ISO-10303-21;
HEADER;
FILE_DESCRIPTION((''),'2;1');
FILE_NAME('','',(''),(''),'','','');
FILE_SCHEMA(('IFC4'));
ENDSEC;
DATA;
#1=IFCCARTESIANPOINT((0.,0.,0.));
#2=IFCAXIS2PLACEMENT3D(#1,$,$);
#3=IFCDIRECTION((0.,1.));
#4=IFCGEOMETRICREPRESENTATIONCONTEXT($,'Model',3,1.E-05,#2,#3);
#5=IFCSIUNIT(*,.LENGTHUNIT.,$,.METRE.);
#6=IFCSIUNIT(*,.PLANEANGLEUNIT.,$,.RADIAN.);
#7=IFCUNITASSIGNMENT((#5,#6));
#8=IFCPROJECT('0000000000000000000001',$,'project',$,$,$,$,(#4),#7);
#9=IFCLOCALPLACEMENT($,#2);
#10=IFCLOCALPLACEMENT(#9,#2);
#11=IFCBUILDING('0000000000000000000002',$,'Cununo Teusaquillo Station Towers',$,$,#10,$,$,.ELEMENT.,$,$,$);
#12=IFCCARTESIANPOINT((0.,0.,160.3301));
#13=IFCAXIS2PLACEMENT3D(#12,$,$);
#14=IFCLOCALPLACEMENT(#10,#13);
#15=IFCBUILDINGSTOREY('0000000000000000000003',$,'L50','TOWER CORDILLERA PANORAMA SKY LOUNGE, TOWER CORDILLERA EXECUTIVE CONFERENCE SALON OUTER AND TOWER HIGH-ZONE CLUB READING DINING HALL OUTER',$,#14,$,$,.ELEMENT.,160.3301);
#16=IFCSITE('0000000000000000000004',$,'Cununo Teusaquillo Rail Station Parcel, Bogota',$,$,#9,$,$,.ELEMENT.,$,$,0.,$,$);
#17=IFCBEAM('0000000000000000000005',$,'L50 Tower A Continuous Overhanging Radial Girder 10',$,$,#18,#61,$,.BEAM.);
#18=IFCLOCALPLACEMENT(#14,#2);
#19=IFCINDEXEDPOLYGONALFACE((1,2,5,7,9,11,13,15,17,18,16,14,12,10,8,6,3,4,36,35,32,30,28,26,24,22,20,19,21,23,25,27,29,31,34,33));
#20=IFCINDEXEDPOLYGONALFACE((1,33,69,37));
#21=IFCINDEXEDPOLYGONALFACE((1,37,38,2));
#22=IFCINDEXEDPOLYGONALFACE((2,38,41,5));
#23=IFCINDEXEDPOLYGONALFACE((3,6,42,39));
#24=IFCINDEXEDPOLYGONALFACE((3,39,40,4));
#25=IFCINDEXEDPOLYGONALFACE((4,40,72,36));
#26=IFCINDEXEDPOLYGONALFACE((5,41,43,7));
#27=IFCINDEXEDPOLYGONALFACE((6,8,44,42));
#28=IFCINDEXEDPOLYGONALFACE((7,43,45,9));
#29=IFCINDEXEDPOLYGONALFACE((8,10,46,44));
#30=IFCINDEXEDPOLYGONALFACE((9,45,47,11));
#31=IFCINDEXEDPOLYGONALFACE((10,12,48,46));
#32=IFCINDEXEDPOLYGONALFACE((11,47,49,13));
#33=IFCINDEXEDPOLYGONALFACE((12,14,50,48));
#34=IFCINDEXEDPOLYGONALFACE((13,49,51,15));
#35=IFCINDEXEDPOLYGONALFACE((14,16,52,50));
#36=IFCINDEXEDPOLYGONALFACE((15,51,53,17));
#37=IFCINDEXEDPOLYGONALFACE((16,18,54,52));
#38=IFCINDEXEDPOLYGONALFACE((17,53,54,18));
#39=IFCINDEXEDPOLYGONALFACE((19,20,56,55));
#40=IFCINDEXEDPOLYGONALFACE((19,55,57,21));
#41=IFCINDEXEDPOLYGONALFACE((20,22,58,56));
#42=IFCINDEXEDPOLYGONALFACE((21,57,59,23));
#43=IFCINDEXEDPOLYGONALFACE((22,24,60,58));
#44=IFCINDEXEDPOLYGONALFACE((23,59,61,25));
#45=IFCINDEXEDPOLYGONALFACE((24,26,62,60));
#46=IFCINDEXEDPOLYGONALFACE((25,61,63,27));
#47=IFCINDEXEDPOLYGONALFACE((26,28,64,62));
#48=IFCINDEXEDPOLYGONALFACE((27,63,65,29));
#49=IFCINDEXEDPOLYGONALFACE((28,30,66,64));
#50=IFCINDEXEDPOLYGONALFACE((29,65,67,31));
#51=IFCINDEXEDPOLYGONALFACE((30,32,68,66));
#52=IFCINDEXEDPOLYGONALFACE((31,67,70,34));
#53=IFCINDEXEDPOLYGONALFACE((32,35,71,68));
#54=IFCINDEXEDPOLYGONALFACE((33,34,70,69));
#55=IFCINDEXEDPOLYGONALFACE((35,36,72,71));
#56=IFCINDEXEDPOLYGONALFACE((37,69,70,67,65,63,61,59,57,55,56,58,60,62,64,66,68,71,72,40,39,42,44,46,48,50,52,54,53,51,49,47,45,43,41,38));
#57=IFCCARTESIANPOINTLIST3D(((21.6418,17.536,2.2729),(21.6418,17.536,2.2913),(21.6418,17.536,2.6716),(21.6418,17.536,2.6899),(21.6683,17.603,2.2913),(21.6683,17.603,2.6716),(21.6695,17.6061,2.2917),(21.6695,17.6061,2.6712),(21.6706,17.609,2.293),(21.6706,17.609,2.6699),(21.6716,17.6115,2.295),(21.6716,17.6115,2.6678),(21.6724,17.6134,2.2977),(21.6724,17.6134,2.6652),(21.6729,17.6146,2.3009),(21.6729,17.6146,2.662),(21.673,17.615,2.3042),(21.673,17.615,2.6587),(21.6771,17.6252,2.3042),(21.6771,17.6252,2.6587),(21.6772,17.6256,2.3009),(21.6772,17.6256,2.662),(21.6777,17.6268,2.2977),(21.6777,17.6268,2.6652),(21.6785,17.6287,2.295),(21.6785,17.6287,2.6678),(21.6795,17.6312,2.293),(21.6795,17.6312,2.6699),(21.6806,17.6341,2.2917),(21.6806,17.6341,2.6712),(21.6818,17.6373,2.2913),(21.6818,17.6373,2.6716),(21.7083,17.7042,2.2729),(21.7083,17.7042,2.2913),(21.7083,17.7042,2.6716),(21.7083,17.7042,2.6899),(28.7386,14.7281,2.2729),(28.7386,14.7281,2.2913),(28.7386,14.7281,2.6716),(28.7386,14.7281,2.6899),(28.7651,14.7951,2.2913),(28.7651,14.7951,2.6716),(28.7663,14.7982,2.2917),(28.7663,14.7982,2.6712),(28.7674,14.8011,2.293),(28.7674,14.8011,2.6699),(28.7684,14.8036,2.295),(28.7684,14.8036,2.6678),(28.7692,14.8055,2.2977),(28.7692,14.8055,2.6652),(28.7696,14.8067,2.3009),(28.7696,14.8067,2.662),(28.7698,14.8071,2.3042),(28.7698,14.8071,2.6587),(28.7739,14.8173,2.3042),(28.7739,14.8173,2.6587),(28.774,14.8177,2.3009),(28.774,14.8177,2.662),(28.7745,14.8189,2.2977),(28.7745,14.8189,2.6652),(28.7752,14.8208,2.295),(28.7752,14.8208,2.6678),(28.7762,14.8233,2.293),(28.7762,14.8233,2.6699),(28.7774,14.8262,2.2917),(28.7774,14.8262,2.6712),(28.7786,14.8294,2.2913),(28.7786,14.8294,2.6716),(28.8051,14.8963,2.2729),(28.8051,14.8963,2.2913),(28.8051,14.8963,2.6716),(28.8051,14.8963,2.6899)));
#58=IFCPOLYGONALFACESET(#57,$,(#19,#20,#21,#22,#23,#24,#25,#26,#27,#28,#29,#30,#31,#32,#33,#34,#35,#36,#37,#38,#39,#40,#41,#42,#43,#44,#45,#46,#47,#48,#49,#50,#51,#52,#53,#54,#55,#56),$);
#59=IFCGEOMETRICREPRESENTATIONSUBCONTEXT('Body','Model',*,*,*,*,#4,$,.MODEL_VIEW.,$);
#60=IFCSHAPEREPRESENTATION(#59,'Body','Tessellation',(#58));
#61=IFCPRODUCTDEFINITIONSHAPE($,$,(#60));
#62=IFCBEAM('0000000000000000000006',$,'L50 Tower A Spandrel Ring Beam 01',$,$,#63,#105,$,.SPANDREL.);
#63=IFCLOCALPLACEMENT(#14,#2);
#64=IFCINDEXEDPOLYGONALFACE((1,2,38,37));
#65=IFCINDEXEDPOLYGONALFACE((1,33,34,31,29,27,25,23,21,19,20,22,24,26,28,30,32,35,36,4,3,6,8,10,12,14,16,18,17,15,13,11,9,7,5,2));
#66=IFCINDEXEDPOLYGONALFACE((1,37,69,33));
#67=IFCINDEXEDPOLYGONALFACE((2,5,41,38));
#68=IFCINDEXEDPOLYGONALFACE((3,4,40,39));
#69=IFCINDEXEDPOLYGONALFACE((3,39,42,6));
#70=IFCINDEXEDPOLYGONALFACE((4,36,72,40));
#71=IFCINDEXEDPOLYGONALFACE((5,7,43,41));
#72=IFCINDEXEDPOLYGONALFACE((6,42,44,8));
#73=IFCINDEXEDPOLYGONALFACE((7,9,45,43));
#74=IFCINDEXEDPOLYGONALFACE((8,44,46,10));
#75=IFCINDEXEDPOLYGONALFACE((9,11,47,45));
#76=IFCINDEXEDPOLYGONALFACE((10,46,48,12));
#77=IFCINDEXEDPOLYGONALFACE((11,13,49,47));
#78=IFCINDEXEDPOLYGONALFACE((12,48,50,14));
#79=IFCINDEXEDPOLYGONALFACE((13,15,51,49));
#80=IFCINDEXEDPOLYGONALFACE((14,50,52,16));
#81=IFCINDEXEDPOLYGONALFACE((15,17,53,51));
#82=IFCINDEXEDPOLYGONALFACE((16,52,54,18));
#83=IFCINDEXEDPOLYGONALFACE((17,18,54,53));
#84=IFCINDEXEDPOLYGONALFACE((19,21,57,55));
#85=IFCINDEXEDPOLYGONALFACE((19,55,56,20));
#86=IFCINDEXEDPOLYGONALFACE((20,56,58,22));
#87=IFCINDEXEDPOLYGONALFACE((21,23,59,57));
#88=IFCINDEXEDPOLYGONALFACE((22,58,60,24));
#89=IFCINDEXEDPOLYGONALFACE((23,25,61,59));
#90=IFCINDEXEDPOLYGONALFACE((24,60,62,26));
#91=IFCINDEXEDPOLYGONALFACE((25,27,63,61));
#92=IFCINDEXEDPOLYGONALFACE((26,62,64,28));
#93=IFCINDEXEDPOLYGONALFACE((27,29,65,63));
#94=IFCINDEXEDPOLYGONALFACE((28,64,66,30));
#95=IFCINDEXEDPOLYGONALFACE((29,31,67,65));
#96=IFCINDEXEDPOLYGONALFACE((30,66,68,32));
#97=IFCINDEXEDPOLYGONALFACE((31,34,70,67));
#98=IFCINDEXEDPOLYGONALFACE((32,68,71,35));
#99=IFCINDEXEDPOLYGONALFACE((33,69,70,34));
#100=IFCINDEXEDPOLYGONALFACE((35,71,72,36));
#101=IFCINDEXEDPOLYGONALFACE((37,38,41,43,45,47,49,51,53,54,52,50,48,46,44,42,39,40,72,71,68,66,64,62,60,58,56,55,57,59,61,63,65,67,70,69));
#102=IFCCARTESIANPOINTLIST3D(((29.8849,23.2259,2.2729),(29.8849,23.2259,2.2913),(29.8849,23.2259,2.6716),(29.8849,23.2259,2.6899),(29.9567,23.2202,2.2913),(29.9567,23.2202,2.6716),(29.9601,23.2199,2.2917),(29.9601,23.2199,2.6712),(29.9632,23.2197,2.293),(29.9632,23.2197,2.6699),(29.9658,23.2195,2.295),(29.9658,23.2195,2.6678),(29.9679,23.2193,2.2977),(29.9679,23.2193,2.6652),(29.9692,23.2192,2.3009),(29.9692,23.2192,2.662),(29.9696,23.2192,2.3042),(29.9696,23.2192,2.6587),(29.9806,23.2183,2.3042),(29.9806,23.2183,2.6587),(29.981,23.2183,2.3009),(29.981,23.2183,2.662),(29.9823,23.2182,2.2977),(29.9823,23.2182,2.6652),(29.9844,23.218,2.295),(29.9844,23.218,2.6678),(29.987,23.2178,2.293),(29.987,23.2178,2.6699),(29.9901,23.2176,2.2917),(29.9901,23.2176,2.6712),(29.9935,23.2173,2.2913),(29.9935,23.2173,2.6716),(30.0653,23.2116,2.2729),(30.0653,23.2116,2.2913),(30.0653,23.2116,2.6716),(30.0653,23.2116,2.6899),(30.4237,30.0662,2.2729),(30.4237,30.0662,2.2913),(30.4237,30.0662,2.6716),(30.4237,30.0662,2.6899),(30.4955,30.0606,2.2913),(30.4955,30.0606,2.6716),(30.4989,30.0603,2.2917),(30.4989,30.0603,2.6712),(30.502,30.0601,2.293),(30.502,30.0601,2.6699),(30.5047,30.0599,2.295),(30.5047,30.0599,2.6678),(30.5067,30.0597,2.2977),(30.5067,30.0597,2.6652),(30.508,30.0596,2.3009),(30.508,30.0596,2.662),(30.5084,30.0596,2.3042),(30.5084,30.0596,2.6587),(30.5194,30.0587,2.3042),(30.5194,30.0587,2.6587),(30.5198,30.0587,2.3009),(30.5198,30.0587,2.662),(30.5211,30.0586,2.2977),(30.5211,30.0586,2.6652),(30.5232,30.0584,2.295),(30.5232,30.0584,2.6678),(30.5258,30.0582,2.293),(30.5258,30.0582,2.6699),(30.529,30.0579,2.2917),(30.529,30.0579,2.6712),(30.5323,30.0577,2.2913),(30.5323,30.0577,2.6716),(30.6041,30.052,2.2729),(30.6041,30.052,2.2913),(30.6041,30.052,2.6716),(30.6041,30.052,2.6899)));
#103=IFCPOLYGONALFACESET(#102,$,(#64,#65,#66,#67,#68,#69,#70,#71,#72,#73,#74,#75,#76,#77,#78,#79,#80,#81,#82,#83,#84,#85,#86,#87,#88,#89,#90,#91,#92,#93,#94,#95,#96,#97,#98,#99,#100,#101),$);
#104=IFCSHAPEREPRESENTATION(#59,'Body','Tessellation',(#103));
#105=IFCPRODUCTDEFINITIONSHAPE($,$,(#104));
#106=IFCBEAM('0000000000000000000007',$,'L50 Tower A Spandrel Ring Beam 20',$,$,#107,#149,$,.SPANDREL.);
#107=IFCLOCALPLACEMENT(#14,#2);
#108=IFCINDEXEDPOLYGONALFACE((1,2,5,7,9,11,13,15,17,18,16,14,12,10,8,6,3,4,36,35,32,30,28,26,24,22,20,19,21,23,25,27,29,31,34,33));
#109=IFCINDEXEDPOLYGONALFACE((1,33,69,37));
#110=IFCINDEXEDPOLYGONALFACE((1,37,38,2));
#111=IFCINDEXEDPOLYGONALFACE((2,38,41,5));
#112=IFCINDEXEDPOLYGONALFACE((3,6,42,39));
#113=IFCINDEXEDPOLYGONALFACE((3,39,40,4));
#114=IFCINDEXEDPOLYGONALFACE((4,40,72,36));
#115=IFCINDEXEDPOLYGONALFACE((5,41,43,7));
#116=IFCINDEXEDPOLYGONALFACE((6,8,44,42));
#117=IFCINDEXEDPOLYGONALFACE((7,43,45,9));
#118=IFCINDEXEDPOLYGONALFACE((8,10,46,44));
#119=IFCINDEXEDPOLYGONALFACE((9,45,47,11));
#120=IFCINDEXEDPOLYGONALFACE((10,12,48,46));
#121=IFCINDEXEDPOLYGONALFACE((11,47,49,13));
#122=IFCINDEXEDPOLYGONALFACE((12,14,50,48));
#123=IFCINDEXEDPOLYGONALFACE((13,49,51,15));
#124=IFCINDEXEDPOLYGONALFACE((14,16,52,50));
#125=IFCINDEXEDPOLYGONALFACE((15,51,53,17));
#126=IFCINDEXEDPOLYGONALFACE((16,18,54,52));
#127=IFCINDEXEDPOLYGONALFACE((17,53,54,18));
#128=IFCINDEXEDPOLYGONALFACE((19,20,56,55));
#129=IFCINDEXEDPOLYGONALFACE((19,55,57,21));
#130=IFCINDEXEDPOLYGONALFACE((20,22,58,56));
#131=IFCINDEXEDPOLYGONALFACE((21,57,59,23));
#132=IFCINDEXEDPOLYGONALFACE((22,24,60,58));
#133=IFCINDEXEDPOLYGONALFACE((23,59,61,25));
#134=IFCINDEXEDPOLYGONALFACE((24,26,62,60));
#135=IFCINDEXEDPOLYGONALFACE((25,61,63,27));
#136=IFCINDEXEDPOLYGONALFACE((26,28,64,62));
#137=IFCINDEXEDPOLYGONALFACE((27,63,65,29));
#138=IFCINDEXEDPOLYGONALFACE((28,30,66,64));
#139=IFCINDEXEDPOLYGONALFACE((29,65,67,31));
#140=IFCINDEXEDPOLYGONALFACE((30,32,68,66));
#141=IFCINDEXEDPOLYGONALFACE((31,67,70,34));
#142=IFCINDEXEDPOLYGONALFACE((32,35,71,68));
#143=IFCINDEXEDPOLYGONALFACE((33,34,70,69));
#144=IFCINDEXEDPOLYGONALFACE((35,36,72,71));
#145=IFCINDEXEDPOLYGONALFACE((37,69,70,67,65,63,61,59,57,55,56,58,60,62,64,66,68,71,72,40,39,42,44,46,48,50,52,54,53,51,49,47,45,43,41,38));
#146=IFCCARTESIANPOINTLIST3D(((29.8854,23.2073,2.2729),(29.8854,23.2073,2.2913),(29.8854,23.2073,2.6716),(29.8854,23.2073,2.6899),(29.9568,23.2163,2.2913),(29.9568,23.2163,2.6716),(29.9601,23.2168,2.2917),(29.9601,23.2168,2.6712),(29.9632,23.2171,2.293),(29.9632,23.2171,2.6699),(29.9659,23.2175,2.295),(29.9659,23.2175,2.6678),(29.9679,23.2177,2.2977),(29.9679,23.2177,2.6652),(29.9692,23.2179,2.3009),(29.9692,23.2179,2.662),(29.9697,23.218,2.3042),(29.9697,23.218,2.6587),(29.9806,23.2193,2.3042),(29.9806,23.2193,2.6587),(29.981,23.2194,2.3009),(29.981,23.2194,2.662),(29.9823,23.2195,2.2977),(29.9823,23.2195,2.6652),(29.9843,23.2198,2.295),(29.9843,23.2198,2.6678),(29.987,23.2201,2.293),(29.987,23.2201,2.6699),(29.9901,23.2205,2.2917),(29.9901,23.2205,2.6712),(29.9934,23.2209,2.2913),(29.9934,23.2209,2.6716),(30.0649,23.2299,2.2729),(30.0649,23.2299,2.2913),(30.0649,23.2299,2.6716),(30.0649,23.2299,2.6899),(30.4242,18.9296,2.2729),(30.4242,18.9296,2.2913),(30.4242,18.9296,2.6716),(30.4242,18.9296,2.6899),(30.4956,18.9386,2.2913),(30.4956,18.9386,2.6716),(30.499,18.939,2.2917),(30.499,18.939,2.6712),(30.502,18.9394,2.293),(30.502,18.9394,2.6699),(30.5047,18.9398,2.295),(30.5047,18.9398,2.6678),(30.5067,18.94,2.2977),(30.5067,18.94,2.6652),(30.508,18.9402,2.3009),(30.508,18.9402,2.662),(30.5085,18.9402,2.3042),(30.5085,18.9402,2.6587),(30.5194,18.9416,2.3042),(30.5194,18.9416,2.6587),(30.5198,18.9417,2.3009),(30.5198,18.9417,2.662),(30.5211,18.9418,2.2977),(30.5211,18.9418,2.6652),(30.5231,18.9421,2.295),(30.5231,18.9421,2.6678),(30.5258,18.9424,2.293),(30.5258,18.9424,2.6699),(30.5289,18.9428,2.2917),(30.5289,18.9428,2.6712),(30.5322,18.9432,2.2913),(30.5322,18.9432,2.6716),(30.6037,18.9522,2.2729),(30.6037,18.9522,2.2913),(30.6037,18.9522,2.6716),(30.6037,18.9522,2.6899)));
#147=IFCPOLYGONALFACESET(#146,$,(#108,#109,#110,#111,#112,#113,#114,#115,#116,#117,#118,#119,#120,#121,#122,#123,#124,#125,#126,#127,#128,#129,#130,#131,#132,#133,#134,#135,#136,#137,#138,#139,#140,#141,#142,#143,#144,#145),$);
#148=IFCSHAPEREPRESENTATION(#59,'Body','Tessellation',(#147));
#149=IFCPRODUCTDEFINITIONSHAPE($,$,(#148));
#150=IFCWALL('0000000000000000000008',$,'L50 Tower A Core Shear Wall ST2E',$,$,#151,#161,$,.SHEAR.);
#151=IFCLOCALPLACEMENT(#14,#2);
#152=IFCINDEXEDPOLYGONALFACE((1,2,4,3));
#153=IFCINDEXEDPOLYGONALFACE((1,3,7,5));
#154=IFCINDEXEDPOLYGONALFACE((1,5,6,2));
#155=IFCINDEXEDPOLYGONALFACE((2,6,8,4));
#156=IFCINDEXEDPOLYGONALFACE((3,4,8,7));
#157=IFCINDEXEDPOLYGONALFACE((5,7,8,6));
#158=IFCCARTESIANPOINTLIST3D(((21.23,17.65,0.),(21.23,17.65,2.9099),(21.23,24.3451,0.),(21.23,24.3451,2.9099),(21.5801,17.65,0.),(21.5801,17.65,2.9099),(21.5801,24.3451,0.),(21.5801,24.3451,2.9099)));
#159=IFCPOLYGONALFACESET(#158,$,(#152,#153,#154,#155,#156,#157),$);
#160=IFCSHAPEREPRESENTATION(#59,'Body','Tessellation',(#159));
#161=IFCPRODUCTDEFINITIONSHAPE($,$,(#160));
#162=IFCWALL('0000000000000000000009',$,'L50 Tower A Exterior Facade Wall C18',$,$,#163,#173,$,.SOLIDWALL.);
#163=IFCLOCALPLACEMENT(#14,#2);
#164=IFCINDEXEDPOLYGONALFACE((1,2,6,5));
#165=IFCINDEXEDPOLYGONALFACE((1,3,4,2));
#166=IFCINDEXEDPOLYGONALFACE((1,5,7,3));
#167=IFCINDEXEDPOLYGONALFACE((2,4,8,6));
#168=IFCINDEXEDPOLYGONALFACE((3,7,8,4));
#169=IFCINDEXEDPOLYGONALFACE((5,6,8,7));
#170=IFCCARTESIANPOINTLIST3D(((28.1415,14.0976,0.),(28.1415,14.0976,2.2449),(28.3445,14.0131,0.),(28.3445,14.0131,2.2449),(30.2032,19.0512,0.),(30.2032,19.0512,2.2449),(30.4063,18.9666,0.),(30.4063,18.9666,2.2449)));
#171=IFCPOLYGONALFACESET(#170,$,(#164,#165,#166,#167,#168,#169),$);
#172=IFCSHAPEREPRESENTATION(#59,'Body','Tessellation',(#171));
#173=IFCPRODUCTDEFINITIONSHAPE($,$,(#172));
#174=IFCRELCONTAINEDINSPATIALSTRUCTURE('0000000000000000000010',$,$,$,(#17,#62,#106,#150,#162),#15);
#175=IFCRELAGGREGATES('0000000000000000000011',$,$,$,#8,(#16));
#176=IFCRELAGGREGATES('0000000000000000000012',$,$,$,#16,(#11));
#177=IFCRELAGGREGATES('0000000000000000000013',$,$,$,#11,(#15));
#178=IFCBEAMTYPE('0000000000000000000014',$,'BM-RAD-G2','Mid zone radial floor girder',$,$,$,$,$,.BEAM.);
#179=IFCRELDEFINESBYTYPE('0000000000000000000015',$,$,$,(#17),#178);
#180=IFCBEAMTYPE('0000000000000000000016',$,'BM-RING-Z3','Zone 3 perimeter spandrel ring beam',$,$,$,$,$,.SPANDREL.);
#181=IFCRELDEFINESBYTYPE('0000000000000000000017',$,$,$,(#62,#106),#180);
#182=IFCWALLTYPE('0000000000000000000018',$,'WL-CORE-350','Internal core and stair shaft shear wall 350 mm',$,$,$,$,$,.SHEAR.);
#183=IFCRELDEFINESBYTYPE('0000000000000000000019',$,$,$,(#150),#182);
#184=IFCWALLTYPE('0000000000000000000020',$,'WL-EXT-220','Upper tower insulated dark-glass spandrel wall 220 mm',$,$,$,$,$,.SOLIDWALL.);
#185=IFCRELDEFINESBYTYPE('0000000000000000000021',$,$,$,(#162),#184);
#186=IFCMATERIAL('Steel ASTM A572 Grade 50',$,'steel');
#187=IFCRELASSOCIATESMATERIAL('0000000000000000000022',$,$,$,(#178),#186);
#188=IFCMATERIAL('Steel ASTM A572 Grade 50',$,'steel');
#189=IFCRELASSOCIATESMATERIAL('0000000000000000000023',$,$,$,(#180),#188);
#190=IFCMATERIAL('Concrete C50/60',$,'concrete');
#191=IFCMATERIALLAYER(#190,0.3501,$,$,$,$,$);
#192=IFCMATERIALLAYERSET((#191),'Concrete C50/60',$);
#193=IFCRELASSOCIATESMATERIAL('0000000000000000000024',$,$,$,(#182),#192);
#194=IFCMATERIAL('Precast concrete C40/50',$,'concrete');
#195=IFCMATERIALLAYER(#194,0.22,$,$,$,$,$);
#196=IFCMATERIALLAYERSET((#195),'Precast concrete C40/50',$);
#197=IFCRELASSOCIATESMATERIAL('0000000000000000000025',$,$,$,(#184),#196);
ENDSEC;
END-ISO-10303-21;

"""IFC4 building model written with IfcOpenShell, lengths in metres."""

from ifc_helpers import new_model, si_unit, direction, frame, frame_2d, origin, origin_2d, place, context, subcontext, project, spatial, rectangle, i_section, extrude, material, layer, layer_set, material_profile, profile_set, type_object, element, save


model = new_model("IFC4")

# Units and contexts
model_context = context("Model", 3, precision=1e-05, world=origin(), true_north=direction((0.0, 1.0)))
body_context = subcontext(model_context, "Body", "Model", "MODEL_VIEW")
ifc_project = project(units=[si_unit("LENGTHUNIT", "METRE"), si_unit("PLANEANGLEUNIT", "RADIAN")], contexts=[model_context])

# Site, building, storey
site_placement = place(None, origin())
site = spatial("IfcSite", under=ifc_project, at=site_placement, Name="Cununo Teusaquillo Rail Station Parcel, Bogota", CompositionType="ELEMENT", RefElevation=0.0)
building_placement = place(site_placement, origin())
building = spatial("IfcBuilding", under=site, at=building_placement, Name="Cununo Teusaquillo Station Towers", CompositionType="ELEMENT")
storey_placement = place(building_placement, frame((0.0, 0.0, 160.3301)))
storey = spatial("IfcBuildingStorey", under=building, at=storey_placement, Name="L50", Description="TOWER CORDILLERA PANORAMA SKY LOUNGE, TOWER CORDILLERA EXECUTIVE CONFERENCE SALON OUTER AND TOWER HIGH-ZONE CLUB READING DINING HALL OUTER", CompositionType="ELEMENT", Elevation=160.3301)

# Beams
ifc_material_1 = material(Name="Steel ASTM A572 Grade 50", Category="steel")
ifc_material_profile_1 = material_profile(ifc_material_1, i_section(OverallWidth=0.1809, OverallDepth=0.417, WebThickness=0.011, FlangeThickness=0.0183, FilletRadius=0.0129, at=origin_2d()), Name="W16X57")
ifc_profile_set_1 = profile_set([ifc_material_profile_1], Name="Steel ASTM A572 Grade 50")
beam_type_1 = type_object("IfcBeamType", Name="BM-RAD-G2", Description="Mid zone radial floor girder", PredefinedType="BEAM", material=ifc_profile_set_1)
beam_1_placement = place(storey_placement, frame((21.675, 17.6201, 2.4814), z_axis=(0.929862, -0.367908, 0.0), x_axis=(0.367908, 0.929862, 0.0)))
element("IfcBeam", 1, at=beam_1_placement, inside=storey, type_object=beam_type_1, Name="L50 Tower A Continuous Overhanging Radial Girder 10", PredefinedType="BEAM", context=body_context, shape_type="SweptSolid", body=[
    extrude(i_section(OverallWidth=0.1809, OverallDepth=0.417, WebThickness=0.011, FlangeThickness=0.0183, FilletRadius=0.0129, at=origin_2d()), origin(), (0.0, 0.0, 1.0), 7.6321),
])
ifc_material_2 = material(Name="Steel ASTM A572 Grade 50", Category="steel")
ifc_material_profile_2 = material_profile(ifc_material_2, i_section(OverallWidth=0.1809, OverallDepth=0.417, WebThickness=0.011, FlangeThickness=0.0183, FilletRadius=0.0129, at=origin_2d()), Name="W16X57")
ifc_profile_set_2 = profile_set([ifc_material_profile_2], Name="Steel ASTM A572 Grade 50")
beam_type_2 = type_object("IfcBeamType", Name="BM-RING-Z3", Description="Zone 3 perimeter spandrel ring beam", PredefinedType="SPANDREL", material=ifc_profile_set_2)
beam_2_placement = place(storey_placement, frame((29.9751, 23.2188, 2.4814), z_axis=(0.078528, 0.996912, 0.0), x_axis=(-0.996912, 0.078528, 0.0)))
element("IfcBeam", 2, at=beam_2_placement, inside=storey, type_object=beam_type_2, Name="L50 Tower A Spandrel Ring Beam 01", PredefinedType="SPANDREL", context=body_context, shape_type="SweptSolid", body=[
    extrude(i_section(OverallWidth=0.1809, OverallDepth=0.417, WebThickness=0.011, FlangeThickness=0.0183, FilletRadius=0.0129, at=origin_2d()), origin(), (0.0, 0.0, 1.0), 6.8616),
])
beam_3_placement = place(storey_placement, frame((30.5139, 18.9409, 2.4814), z_axis=(-0.124969, 0.992161, 0.0), x_axis=(-0.992161, -0.124969, 0.0)))
element("IfcBeam", 3, at=beam_3_placement, inside=storey, type_object=beam_type_2, Name="L50 Tower A Spandrel Ring Beam 20", PredefinedType="SPANDREL", context=body_context, shape_type="SweptSolid", body=[
    extrude(i_section(OverallWidth=0.1809, OverallDepth=0.417, WebThickness=0.011, FlangeThickness=0.0183, FilletRadius=0.0129, at=origin_2d()), origin(), (0.0, 0.0, 1.0), 4.3115),
])

# Walls
ifc_material_3 = material(Name="Concrete C50/60", Category="concrete")
ifc_layer_1 = layer(ifc_material_3, 0.3501)
ifc_layer_set_1 = layer_set([ifc_layer_1], Name="Concrete C50/60")
wall_type_1 = type_object("IfcWallType", Name="WL-CORE-350", Description="Internal core and stair shaft shear wall 350 mm", PredefinedType="SHEAR", material=ifc_layer_set_1)
wall_1_placement = place(storey_placement, frame((21.405, 17.6499, 0.0), z_axis=(0.0, 0.0, 1.0), x_axis=(0.0, 1.0, 0.0)))
element("IfcWall", 4, at=wall_1_placement, inside=storey, type_object=wall_type_1, Name="L50 Tower A Core Shear Wall ST2E", PredefinedType="SHEAR", context=body_context, shape_type="SweptSolid", body=[
    extrude(rectangle(XDim=6.6951, YDim=0.3501, at=frame_2d((3.3477, 0.0))), origin(), (0.0, 0.0, 1.0), 2.9099),
])
ifc_material_4 = material(Name="Precast concrete C40/50", Category="concrete")
ifc_layer_2 = layer(ifc_material_4, 0.22)
ifc_layer_set_2 = layer_set([ifc_layer_2], Name="Precast concrete C40/50")
wall_type_2 = type_object("IfcWallType", Name="WL-EXT-220", Description="Upper tower insulated dark-glass spandrel wall 220 mm", PredefinedType="SOLIDWALL", material=ifc_layer_set_2)
wall_2_placement = place(storey_placement, frame((30.3047, 19.0088, 0.0), z_axis=(0.0, 0.0, 1.0), x_axis=(-0.38426, -0.923225, 0.0)))
element("IfcWall", 5, at=wall_2_placement, inside=storey, type_object=wall_type_2, Name="L50 Tower A Exterior Facade Wall C18", PredefinedType="SOLIDWALL", context=body_context, shape_type="SweptSolid", body=[
    extrude(rectangle(XDim=5.3655, YDim=0.22, at=frame_2d((2.6826, 0.0))), origin(), (0.0, 0.0, 1.0), 2.2449),
])

save(model, "model.ifc")
